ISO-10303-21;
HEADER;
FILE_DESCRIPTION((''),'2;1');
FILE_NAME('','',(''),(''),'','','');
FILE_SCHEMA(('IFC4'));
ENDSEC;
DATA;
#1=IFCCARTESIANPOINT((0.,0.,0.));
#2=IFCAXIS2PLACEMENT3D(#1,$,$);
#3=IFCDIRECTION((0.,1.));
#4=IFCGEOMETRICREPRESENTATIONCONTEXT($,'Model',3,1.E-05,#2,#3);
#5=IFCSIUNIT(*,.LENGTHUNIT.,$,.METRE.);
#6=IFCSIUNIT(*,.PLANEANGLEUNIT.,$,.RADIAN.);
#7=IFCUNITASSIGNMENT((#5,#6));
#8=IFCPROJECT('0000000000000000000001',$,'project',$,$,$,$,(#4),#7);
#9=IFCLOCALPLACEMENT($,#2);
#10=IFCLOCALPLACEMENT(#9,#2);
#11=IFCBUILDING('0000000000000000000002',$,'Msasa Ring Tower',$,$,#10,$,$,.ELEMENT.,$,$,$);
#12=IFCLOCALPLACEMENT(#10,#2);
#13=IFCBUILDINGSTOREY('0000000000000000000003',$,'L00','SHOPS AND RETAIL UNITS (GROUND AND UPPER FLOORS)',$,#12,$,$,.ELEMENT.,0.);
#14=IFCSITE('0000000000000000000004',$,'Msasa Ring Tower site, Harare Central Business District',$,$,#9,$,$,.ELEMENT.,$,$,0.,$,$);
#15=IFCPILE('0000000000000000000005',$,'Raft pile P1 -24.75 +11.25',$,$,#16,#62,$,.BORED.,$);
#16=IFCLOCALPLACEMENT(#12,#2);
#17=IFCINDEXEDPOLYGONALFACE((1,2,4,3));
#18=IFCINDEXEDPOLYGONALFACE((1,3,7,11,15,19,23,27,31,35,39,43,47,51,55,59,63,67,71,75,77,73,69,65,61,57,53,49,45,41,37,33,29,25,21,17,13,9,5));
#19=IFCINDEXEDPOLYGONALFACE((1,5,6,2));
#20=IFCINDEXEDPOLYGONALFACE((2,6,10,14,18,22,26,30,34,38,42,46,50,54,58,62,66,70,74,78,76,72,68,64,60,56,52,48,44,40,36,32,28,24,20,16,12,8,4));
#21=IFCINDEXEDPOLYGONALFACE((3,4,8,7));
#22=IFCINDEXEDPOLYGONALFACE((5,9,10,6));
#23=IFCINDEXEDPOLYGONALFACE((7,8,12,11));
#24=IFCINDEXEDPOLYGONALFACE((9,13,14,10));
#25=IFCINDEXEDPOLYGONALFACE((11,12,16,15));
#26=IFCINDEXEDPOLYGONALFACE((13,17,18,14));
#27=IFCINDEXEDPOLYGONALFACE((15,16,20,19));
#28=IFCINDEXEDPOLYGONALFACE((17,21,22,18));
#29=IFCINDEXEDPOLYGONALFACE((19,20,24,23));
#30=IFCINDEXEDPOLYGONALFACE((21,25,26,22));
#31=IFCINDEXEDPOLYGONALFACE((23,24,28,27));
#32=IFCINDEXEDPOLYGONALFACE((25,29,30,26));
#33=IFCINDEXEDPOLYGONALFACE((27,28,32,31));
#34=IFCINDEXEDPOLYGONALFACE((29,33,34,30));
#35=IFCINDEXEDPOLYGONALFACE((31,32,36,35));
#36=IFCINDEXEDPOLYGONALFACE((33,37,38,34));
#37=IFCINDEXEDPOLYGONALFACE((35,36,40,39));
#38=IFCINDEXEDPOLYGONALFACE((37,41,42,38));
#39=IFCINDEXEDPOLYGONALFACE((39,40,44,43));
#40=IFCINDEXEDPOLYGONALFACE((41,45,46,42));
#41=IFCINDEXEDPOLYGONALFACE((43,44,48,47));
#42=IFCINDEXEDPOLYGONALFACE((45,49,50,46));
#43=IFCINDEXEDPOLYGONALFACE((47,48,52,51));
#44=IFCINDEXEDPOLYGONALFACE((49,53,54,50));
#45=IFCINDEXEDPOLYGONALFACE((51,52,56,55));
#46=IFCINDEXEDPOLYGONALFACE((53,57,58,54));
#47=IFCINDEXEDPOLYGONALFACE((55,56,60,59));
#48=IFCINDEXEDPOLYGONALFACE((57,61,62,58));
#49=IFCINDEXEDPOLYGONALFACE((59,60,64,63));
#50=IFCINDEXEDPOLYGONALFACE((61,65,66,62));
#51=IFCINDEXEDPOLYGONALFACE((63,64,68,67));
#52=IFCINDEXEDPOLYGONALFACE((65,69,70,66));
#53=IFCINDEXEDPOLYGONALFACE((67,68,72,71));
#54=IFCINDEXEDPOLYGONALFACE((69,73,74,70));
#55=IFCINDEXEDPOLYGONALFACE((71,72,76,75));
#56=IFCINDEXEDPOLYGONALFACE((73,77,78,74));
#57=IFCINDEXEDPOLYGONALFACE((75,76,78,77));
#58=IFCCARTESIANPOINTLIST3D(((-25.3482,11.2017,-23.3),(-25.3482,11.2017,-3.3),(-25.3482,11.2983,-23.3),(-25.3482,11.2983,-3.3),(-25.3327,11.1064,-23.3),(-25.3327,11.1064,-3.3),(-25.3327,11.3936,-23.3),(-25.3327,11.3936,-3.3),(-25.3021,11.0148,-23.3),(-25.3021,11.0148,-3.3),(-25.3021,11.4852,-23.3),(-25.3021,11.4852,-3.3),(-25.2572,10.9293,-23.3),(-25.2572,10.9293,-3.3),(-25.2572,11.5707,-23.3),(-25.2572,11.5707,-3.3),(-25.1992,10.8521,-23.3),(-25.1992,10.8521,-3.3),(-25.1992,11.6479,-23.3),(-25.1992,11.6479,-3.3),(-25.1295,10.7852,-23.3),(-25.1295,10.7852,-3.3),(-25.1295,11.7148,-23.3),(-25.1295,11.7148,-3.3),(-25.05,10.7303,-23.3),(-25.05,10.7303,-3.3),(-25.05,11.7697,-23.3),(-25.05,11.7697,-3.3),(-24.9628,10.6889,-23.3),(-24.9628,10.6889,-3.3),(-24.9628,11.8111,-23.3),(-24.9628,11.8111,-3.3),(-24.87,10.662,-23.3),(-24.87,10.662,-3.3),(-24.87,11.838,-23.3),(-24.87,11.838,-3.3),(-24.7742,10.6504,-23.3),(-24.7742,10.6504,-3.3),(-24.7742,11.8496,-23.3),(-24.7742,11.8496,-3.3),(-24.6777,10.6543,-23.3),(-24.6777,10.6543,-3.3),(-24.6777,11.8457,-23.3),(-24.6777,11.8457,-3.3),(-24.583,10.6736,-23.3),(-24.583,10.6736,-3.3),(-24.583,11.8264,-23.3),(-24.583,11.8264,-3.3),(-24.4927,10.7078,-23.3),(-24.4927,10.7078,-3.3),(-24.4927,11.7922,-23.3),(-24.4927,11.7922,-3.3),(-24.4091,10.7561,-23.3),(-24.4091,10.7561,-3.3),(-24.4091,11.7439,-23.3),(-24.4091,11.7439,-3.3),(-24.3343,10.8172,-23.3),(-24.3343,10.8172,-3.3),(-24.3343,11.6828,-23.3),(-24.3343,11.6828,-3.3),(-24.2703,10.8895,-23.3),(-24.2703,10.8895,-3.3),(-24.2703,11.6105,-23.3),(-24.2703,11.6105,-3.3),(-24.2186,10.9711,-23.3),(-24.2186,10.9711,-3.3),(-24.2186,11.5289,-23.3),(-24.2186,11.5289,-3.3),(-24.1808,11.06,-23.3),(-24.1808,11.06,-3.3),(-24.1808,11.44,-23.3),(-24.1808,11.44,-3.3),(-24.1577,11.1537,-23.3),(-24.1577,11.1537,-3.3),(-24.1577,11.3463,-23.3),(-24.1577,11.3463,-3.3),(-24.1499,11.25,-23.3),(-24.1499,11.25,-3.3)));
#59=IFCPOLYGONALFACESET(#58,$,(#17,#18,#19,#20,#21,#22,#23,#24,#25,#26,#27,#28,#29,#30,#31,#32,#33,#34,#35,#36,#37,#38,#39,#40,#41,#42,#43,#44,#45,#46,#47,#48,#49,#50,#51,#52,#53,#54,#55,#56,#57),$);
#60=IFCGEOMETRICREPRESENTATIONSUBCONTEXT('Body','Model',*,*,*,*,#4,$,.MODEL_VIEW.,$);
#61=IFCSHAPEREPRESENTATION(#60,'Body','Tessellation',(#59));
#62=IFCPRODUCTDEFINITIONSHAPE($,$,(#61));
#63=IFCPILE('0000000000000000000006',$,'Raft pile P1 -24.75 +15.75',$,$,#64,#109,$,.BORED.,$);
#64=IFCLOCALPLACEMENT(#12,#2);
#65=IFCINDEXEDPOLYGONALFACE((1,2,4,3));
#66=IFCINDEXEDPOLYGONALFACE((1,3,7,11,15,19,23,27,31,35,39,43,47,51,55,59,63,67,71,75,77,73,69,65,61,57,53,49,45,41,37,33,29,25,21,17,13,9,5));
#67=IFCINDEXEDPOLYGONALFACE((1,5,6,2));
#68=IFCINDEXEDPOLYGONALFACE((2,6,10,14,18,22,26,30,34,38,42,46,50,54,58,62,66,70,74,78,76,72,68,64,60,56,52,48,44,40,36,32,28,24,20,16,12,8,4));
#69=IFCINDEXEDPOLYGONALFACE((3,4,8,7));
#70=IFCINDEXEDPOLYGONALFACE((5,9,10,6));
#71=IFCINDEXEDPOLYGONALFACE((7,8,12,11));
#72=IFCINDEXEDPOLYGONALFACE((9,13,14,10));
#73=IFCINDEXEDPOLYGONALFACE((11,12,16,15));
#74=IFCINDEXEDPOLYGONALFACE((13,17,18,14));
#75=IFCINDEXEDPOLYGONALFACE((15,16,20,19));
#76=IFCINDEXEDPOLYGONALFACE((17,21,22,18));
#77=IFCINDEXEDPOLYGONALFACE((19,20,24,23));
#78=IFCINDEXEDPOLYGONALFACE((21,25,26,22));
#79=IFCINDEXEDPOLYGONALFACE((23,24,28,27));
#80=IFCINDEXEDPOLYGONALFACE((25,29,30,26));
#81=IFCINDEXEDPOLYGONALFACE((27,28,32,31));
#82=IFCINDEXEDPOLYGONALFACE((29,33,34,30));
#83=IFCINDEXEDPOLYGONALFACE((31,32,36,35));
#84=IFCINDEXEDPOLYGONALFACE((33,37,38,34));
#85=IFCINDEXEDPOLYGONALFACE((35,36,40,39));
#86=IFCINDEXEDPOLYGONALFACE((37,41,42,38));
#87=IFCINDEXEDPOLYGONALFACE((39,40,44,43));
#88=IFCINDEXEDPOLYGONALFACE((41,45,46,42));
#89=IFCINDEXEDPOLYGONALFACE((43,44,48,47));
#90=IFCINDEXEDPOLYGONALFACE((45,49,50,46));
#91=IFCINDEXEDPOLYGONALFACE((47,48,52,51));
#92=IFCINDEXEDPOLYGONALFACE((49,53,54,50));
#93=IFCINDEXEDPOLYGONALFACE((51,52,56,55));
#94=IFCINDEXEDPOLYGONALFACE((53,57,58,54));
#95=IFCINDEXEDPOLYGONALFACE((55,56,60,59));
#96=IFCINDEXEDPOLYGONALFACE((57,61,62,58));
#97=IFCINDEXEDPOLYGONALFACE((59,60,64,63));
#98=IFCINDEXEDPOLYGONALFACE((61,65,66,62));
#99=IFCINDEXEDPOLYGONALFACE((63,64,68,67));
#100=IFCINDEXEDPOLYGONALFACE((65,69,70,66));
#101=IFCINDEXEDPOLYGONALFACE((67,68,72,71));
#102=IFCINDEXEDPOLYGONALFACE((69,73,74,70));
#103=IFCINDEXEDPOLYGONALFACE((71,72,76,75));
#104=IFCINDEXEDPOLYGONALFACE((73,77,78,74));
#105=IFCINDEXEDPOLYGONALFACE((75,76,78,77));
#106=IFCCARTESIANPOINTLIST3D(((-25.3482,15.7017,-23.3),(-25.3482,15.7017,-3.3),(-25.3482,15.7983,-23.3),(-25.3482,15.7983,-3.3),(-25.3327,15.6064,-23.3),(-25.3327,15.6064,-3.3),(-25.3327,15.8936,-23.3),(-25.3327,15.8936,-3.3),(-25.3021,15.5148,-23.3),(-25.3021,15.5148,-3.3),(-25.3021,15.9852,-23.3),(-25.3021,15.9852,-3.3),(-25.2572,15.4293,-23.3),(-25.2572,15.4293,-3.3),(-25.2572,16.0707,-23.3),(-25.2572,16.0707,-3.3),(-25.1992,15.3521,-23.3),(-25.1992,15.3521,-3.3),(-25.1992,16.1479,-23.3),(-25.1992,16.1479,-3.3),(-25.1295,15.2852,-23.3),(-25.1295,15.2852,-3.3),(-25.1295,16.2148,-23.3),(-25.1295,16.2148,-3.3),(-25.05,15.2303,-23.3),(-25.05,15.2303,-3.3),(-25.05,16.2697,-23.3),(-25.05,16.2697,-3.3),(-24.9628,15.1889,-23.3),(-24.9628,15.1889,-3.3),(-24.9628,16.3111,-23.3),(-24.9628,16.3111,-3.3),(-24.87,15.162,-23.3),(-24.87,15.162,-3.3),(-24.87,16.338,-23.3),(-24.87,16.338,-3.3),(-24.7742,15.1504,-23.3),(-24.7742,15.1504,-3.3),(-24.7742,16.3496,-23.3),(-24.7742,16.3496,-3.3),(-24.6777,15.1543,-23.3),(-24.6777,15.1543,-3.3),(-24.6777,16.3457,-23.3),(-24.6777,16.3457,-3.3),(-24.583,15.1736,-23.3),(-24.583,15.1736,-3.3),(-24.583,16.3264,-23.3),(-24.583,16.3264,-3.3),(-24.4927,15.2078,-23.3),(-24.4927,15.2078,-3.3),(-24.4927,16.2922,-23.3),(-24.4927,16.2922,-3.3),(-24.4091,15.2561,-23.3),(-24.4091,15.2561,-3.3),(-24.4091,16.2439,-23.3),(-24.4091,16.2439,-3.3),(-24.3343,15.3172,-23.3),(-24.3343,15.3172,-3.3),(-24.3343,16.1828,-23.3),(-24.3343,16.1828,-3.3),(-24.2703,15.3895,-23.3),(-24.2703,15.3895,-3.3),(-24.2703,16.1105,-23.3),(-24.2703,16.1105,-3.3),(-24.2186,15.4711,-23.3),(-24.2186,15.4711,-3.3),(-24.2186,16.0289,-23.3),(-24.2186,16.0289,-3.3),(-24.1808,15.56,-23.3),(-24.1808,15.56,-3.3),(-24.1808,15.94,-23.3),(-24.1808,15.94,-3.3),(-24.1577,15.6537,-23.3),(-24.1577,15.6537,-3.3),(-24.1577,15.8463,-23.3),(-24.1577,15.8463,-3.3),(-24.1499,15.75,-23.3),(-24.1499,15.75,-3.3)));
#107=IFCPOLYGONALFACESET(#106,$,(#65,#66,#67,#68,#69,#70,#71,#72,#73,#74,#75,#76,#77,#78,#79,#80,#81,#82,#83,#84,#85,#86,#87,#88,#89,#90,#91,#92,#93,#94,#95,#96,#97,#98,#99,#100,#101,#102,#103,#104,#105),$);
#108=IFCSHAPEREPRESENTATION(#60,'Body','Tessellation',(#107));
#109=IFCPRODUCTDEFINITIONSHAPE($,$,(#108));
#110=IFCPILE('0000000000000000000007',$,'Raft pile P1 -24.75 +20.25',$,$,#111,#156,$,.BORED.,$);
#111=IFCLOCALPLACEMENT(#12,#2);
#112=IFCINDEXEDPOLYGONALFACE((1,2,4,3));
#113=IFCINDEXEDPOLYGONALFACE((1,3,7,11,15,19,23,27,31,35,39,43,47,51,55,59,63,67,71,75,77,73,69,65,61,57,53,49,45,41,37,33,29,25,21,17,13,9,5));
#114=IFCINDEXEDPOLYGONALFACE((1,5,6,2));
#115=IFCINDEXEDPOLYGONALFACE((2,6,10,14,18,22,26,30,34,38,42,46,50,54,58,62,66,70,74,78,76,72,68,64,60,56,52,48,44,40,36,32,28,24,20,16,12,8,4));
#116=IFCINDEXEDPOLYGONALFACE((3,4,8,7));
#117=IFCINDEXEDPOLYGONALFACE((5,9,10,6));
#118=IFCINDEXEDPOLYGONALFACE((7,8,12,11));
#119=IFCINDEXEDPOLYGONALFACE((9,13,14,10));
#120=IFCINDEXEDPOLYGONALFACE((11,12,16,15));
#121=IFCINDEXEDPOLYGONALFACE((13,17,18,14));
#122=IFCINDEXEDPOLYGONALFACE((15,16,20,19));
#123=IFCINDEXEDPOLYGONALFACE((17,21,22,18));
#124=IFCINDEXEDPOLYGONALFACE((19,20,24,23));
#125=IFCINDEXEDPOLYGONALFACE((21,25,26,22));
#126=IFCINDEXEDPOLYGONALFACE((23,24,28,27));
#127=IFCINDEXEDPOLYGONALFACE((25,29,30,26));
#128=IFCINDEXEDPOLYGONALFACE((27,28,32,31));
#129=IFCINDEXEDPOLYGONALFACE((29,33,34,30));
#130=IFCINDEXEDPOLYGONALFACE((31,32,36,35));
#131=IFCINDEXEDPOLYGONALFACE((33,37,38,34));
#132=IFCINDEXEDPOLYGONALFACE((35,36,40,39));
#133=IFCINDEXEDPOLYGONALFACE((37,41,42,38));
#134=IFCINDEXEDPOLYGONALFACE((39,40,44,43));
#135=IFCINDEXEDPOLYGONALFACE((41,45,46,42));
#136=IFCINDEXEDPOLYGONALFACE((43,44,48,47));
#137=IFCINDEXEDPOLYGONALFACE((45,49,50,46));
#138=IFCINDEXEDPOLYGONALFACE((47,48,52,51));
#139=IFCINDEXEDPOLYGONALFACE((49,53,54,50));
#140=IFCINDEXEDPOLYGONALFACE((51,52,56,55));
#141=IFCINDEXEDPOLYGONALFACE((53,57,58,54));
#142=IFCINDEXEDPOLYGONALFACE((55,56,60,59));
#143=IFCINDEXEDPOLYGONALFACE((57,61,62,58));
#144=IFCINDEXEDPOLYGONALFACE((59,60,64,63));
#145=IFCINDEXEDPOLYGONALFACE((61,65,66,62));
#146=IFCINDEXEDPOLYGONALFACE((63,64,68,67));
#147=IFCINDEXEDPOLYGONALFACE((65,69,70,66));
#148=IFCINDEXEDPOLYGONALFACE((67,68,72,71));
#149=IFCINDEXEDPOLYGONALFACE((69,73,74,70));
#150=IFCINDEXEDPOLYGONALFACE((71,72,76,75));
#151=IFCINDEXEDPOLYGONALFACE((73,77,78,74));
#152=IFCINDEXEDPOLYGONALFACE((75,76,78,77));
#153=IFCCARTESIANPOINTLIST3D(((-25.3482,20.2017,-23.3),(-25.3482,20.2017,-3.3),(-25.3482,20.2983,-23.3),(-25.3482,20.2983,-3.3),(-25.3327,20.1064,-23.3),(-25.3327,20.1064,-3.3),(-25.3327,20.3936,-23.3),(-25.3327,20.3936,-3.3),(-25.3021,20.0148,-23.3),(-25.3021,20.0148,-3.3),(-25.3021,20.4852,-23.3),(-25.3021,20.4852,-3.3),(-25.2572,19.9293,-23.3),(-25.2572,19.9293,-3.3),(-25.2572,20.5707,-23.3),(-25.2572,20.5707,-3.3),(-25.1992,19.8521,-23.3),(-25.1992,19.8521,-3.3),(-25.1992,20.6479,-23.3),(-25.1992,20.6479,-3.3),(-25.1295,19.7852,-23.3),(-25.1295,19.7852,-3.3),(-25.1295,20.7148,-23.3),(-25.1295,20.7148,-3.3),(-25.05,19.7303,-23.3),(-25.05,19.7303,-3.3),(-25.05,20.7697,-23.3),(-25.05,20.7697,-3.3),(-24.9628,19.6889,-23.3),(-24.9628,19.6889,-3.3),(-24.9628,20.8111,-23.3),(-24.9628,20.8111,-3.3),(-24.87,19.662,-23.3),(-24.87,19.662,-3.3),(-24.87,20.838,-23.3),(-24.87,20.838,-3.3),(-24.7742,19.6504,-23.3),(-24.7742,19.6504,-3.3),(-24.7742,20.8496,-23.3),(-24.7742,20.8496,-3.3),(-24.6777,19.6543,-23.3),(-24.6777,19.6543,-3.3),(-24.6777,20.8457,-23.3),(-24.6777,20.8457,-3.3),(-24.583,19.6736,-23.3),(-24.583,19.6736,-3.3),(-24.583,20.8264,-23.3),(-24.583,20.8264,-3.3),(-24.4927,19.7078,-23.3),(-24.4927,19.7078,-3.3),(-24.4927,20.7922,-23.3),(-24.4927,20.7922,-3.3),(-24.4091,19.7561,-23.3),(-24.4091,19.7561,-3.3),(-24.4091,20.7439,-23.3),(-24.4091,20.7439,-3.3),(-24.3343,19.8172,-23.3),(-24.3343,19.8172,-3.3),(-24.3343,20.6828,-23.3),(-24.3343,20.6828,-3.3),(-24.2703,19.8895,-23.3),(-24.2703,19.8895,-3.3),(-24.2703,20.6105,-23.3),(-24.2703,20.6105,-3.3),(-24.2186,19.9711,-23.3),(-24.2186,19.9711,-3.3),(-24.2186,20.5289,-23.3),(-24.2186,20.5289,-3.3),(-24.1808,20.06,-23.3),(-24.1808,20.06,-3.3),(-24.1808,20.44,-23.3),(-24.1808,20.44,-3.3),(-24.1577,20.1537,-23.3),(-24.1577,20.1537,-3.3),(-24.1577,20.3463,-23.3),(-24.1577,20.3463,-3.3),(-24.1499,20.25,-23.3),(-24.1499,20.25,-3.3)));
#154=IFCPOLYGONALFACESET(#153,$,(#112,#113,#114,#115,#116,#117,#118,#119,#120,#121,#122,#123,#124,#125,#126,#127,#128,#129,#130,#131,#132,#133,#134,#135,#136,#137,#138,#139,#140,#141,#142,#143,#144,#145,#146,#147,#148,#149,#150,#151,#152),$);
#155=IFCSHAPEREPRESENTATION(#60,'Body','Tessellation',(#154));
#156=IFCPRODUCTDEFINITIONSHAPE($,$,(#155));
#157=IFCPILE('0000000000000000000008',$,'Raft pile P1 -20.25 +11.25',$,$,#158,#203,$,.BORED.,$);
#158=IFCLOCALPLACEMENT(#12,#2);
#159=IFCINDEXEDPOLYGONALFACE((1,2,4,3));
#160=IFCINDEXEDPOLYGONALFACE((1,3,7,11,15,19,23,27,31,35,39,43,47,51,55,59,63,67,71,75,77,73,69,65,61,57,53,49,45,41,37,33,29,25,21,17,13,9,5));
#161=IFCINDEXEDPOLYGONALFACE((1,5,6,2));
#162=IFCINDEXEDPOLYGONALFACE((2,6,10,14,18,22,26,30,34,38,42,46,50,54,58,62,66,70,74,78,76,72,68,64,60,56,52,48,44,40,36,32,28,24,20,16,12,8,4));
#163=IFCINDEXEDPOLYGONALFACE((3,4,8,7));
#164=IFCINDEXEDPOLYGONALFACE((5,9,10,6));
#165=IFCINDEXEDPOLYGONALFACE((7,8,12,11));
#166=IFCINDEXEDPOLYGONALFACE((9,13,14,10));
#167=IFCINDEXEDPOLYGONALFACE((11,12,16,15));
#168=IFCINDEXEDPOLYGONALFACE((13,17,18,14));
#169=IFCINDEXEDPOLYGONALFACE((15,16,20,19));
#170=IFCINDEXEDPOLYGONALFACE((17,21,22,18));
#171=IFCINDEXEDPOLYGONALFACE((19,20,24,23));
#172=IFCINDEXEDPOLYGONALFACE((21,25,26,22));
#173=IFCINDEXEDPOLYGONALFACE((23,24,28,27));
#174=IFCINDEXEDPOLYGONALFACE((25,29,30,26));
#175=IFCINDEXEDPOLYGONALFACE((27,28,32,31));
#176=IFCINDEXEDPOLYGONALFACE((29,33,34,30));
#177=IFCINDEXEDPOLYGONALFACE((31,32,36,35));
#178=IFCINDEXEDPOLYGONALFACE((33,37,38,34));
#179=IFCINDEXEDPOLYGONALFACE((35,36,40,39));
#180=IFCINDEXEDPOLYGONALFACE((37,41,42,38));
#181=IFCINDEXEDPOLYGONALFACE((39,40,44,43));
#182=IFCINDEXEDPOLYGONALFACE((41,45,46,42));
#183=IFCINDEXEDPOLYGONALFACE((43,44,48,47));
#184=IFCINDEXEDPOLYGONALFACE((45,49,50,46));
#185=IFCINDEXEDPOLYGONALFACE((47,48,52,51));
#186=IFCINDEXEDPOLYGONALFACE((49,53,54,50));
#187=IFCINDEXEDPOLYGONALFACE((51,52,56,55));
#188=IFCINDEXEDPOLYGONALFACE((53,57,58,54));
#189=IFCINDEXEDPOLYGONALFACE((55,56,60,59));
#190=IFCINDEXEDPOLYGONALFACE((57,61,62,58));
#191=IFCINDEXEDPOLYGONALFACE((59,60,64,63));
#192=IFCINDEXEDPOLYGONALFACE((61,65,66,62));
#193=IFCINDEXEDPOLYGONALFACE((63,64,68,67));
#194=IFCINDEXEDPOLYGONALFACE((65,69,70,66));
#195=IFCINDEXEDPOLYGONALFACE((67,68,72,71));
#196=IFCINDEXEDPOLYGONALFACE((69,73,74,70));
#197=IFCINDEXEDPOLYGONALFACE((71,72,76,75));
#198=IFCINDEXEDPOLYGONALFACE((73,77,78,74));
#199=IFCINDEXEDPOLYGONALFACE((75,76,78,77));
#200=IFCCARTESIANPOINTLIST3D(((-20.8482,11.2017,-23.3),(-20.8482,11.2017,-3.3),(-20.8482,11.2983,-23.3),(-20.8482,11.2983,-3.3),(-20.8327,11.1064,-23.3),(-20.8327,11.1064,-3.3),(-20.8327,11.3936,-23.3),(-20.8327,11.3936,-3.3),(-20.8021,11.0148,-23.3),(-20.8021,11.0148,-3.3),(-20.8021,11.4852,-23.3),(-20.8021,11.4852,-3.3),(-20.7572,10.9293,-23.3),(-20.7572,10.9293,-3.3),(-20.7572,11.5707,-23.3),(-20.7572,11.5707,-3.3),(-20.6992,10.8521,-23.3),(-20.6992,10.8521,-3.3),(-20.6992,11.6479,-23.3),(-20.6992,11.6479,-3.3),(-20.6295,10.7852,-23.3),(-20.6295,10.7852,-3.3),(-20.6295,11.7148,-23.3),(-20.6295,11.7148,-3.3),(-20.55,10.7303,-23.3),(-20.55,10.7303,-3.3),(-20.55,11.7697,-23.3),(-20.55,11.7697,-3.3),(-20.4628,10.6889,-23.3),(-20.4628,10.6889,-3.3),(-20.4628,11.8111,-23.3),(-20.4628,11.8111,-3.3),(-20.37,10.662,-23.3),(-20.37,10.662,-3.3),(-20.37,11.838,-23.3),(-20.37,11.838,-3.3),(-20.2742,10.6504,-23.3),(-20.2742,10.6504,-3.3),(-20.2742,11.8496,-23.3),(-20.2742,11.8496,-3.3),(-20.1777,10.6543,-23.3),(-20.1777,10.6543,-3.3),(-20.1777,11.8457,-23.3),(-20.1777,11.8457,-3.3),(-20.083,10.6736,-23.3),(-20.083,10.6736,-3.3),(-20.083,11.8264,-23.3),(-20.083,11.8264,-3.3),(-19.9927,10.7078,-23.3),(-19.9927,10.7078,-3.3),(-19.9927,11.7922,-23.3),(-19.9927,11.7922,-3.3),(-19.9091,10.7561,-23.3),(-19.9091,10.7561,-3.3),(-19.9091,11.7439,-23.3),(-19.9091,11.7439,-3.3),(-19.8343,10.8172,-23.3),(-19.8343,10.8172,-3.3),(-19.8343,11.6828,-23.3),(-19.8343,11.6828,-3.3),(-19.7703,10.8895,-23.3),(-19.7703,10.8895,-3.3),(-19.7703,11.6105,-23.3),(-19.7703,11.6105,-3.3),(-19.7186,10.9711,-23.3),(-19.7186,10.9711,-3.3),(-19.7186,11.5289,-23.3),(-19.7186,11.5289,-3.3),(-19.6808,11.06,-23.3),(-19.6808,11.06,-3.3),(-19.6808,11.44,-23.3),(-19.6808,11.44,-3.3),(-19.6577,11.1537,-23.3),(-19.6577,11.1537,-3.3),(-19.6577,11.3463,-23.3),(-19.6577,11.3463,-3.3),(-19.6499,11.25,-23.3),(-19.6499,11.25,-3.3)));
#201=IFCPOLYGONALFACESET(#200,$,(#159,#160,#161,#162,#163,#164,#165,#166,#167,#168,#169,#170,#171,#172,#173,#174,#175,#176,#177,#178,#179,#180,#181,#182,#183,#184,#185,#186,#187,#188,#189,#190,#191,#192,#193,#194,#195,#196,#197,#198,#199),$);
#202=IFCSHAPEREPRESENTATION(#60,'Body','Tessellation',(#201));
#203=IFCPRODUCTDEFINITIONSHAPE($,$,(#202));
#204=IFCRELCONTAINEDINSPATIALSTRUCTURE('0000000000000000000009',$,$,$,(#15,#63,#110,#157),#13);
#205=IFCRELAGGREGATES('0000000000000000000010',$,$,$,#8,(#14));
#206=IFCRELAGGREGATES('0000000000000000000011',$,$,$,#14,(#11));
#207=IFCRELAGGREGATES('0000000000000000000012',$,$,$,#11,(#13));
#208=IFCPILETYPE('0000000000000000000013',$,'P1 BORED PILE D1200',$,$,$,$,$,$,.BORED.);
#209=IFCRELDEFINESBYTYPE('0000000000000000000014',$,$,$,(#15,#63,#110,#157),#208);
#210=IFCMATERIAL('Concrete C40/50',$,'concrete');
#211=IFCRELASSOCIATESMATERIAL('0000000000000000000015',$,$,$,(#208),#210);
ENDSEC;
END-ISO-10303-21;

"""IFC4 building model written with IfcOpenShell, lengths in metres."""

from ifc_helpers import new_model, si_unit, direction, frame, origin, origin_2d, place, context, subcontext, project, spatial, circle, extrude, material, material_profile, profile_set, type_object, element, save


model = new_model("IFC4")

# Units and contexts
model_context = context("Model", 3, precision=1e-05, world=origin(), true_north=direction((0.0, 1.0)))
body_context = subcontext(model_context, "Body", "Model", "MODEL_VIEW")
ifc_project = project(units=[si_unit("LENGTHUNIT", "METRE"), si_unit("PLANEANGLEUNIT", "RADIAN")], contexts=[model_context])

# Site, building, storey
site_placement = place(None, origin())
site = spatial("IfcSite", under=ifc_project, at=site_placement, Name="Msasa Ring Tower site, Harare Central Business District", CompositionType="ELEMENT", RefElevation=0.0)
building_placement = place(site_placement, origin())
building = spatial("IfcBuilding", under=site, at=building_placement, Name="Msasa Ring Tower", CompositionType="ELEMENT")
storey_placement = place(building_placement, origin())
storey = spatial("IfcBuildingStorey", under=building, at=storey_placement, Name="L00", Description="SHOPS AND RETAIL UNITS (GROUND AND UPPER FLOORS)", CompositionType="ELEMENT", Elevation=0.0)

# Piles
ifc_material_1 = material(Name="Concrete C40/50", Category="concrete")
ifc_material_profile_1 = material_profile(ifc_material_1, circle(Radius=0.6001, at=origin_2d()), Name="D1200")
ifc_profile_set_1 = profile_set([ifc_material_profile_1], Name="Concrete C40/50")
pile_type_1 = type_object("IfcPileType", Name="P1 BORED PILE D1200", PredefinedType="BORED", material=ifc_profile_set_1)
for number, where, z_axis, x_axis, name in (
    (1, (-24.75, 11.25, -3.3), (0.0, 0.0, -1.0), (1.0, 0.0, 0.0), "Raft pile P1 -24.75 +11.25"),
    (2, (-24.75, 15.75, -3.3), (0.0, 0.0, -1.0), (1.0, 0.0, 0.0), "Raft pile P1 -24.75 +15.75"),
    (3, (-24.75, 20.25, -3.3), (0.0, 0.0, -1.0), (1.0, 0.0, 0.0), "Raft pile P1 -24.75 +20.25"),
    (4, (-20.25, 11.25, -3.3), (0.0, 0.0, -1.0), (1.0, 0.0, 0.0), "Raft pile P1 -20.25 +11.25"),
):
    element("IfcPile", number, at=place(storey_placement, frame(where, z_axis=z_axis, x_axis=x_axis)), inside=storey, type_object=pile_type_1, Name=name, PredefinedType="BORED", context=body_context, shape_type="SweptSolid", body=[
        extrude(circle(Radius=0.6001, at=origin_2d()), origin(), (0.0, 0.0, 1.0), 20.0),
    ])

save(model, "model.ifc")
